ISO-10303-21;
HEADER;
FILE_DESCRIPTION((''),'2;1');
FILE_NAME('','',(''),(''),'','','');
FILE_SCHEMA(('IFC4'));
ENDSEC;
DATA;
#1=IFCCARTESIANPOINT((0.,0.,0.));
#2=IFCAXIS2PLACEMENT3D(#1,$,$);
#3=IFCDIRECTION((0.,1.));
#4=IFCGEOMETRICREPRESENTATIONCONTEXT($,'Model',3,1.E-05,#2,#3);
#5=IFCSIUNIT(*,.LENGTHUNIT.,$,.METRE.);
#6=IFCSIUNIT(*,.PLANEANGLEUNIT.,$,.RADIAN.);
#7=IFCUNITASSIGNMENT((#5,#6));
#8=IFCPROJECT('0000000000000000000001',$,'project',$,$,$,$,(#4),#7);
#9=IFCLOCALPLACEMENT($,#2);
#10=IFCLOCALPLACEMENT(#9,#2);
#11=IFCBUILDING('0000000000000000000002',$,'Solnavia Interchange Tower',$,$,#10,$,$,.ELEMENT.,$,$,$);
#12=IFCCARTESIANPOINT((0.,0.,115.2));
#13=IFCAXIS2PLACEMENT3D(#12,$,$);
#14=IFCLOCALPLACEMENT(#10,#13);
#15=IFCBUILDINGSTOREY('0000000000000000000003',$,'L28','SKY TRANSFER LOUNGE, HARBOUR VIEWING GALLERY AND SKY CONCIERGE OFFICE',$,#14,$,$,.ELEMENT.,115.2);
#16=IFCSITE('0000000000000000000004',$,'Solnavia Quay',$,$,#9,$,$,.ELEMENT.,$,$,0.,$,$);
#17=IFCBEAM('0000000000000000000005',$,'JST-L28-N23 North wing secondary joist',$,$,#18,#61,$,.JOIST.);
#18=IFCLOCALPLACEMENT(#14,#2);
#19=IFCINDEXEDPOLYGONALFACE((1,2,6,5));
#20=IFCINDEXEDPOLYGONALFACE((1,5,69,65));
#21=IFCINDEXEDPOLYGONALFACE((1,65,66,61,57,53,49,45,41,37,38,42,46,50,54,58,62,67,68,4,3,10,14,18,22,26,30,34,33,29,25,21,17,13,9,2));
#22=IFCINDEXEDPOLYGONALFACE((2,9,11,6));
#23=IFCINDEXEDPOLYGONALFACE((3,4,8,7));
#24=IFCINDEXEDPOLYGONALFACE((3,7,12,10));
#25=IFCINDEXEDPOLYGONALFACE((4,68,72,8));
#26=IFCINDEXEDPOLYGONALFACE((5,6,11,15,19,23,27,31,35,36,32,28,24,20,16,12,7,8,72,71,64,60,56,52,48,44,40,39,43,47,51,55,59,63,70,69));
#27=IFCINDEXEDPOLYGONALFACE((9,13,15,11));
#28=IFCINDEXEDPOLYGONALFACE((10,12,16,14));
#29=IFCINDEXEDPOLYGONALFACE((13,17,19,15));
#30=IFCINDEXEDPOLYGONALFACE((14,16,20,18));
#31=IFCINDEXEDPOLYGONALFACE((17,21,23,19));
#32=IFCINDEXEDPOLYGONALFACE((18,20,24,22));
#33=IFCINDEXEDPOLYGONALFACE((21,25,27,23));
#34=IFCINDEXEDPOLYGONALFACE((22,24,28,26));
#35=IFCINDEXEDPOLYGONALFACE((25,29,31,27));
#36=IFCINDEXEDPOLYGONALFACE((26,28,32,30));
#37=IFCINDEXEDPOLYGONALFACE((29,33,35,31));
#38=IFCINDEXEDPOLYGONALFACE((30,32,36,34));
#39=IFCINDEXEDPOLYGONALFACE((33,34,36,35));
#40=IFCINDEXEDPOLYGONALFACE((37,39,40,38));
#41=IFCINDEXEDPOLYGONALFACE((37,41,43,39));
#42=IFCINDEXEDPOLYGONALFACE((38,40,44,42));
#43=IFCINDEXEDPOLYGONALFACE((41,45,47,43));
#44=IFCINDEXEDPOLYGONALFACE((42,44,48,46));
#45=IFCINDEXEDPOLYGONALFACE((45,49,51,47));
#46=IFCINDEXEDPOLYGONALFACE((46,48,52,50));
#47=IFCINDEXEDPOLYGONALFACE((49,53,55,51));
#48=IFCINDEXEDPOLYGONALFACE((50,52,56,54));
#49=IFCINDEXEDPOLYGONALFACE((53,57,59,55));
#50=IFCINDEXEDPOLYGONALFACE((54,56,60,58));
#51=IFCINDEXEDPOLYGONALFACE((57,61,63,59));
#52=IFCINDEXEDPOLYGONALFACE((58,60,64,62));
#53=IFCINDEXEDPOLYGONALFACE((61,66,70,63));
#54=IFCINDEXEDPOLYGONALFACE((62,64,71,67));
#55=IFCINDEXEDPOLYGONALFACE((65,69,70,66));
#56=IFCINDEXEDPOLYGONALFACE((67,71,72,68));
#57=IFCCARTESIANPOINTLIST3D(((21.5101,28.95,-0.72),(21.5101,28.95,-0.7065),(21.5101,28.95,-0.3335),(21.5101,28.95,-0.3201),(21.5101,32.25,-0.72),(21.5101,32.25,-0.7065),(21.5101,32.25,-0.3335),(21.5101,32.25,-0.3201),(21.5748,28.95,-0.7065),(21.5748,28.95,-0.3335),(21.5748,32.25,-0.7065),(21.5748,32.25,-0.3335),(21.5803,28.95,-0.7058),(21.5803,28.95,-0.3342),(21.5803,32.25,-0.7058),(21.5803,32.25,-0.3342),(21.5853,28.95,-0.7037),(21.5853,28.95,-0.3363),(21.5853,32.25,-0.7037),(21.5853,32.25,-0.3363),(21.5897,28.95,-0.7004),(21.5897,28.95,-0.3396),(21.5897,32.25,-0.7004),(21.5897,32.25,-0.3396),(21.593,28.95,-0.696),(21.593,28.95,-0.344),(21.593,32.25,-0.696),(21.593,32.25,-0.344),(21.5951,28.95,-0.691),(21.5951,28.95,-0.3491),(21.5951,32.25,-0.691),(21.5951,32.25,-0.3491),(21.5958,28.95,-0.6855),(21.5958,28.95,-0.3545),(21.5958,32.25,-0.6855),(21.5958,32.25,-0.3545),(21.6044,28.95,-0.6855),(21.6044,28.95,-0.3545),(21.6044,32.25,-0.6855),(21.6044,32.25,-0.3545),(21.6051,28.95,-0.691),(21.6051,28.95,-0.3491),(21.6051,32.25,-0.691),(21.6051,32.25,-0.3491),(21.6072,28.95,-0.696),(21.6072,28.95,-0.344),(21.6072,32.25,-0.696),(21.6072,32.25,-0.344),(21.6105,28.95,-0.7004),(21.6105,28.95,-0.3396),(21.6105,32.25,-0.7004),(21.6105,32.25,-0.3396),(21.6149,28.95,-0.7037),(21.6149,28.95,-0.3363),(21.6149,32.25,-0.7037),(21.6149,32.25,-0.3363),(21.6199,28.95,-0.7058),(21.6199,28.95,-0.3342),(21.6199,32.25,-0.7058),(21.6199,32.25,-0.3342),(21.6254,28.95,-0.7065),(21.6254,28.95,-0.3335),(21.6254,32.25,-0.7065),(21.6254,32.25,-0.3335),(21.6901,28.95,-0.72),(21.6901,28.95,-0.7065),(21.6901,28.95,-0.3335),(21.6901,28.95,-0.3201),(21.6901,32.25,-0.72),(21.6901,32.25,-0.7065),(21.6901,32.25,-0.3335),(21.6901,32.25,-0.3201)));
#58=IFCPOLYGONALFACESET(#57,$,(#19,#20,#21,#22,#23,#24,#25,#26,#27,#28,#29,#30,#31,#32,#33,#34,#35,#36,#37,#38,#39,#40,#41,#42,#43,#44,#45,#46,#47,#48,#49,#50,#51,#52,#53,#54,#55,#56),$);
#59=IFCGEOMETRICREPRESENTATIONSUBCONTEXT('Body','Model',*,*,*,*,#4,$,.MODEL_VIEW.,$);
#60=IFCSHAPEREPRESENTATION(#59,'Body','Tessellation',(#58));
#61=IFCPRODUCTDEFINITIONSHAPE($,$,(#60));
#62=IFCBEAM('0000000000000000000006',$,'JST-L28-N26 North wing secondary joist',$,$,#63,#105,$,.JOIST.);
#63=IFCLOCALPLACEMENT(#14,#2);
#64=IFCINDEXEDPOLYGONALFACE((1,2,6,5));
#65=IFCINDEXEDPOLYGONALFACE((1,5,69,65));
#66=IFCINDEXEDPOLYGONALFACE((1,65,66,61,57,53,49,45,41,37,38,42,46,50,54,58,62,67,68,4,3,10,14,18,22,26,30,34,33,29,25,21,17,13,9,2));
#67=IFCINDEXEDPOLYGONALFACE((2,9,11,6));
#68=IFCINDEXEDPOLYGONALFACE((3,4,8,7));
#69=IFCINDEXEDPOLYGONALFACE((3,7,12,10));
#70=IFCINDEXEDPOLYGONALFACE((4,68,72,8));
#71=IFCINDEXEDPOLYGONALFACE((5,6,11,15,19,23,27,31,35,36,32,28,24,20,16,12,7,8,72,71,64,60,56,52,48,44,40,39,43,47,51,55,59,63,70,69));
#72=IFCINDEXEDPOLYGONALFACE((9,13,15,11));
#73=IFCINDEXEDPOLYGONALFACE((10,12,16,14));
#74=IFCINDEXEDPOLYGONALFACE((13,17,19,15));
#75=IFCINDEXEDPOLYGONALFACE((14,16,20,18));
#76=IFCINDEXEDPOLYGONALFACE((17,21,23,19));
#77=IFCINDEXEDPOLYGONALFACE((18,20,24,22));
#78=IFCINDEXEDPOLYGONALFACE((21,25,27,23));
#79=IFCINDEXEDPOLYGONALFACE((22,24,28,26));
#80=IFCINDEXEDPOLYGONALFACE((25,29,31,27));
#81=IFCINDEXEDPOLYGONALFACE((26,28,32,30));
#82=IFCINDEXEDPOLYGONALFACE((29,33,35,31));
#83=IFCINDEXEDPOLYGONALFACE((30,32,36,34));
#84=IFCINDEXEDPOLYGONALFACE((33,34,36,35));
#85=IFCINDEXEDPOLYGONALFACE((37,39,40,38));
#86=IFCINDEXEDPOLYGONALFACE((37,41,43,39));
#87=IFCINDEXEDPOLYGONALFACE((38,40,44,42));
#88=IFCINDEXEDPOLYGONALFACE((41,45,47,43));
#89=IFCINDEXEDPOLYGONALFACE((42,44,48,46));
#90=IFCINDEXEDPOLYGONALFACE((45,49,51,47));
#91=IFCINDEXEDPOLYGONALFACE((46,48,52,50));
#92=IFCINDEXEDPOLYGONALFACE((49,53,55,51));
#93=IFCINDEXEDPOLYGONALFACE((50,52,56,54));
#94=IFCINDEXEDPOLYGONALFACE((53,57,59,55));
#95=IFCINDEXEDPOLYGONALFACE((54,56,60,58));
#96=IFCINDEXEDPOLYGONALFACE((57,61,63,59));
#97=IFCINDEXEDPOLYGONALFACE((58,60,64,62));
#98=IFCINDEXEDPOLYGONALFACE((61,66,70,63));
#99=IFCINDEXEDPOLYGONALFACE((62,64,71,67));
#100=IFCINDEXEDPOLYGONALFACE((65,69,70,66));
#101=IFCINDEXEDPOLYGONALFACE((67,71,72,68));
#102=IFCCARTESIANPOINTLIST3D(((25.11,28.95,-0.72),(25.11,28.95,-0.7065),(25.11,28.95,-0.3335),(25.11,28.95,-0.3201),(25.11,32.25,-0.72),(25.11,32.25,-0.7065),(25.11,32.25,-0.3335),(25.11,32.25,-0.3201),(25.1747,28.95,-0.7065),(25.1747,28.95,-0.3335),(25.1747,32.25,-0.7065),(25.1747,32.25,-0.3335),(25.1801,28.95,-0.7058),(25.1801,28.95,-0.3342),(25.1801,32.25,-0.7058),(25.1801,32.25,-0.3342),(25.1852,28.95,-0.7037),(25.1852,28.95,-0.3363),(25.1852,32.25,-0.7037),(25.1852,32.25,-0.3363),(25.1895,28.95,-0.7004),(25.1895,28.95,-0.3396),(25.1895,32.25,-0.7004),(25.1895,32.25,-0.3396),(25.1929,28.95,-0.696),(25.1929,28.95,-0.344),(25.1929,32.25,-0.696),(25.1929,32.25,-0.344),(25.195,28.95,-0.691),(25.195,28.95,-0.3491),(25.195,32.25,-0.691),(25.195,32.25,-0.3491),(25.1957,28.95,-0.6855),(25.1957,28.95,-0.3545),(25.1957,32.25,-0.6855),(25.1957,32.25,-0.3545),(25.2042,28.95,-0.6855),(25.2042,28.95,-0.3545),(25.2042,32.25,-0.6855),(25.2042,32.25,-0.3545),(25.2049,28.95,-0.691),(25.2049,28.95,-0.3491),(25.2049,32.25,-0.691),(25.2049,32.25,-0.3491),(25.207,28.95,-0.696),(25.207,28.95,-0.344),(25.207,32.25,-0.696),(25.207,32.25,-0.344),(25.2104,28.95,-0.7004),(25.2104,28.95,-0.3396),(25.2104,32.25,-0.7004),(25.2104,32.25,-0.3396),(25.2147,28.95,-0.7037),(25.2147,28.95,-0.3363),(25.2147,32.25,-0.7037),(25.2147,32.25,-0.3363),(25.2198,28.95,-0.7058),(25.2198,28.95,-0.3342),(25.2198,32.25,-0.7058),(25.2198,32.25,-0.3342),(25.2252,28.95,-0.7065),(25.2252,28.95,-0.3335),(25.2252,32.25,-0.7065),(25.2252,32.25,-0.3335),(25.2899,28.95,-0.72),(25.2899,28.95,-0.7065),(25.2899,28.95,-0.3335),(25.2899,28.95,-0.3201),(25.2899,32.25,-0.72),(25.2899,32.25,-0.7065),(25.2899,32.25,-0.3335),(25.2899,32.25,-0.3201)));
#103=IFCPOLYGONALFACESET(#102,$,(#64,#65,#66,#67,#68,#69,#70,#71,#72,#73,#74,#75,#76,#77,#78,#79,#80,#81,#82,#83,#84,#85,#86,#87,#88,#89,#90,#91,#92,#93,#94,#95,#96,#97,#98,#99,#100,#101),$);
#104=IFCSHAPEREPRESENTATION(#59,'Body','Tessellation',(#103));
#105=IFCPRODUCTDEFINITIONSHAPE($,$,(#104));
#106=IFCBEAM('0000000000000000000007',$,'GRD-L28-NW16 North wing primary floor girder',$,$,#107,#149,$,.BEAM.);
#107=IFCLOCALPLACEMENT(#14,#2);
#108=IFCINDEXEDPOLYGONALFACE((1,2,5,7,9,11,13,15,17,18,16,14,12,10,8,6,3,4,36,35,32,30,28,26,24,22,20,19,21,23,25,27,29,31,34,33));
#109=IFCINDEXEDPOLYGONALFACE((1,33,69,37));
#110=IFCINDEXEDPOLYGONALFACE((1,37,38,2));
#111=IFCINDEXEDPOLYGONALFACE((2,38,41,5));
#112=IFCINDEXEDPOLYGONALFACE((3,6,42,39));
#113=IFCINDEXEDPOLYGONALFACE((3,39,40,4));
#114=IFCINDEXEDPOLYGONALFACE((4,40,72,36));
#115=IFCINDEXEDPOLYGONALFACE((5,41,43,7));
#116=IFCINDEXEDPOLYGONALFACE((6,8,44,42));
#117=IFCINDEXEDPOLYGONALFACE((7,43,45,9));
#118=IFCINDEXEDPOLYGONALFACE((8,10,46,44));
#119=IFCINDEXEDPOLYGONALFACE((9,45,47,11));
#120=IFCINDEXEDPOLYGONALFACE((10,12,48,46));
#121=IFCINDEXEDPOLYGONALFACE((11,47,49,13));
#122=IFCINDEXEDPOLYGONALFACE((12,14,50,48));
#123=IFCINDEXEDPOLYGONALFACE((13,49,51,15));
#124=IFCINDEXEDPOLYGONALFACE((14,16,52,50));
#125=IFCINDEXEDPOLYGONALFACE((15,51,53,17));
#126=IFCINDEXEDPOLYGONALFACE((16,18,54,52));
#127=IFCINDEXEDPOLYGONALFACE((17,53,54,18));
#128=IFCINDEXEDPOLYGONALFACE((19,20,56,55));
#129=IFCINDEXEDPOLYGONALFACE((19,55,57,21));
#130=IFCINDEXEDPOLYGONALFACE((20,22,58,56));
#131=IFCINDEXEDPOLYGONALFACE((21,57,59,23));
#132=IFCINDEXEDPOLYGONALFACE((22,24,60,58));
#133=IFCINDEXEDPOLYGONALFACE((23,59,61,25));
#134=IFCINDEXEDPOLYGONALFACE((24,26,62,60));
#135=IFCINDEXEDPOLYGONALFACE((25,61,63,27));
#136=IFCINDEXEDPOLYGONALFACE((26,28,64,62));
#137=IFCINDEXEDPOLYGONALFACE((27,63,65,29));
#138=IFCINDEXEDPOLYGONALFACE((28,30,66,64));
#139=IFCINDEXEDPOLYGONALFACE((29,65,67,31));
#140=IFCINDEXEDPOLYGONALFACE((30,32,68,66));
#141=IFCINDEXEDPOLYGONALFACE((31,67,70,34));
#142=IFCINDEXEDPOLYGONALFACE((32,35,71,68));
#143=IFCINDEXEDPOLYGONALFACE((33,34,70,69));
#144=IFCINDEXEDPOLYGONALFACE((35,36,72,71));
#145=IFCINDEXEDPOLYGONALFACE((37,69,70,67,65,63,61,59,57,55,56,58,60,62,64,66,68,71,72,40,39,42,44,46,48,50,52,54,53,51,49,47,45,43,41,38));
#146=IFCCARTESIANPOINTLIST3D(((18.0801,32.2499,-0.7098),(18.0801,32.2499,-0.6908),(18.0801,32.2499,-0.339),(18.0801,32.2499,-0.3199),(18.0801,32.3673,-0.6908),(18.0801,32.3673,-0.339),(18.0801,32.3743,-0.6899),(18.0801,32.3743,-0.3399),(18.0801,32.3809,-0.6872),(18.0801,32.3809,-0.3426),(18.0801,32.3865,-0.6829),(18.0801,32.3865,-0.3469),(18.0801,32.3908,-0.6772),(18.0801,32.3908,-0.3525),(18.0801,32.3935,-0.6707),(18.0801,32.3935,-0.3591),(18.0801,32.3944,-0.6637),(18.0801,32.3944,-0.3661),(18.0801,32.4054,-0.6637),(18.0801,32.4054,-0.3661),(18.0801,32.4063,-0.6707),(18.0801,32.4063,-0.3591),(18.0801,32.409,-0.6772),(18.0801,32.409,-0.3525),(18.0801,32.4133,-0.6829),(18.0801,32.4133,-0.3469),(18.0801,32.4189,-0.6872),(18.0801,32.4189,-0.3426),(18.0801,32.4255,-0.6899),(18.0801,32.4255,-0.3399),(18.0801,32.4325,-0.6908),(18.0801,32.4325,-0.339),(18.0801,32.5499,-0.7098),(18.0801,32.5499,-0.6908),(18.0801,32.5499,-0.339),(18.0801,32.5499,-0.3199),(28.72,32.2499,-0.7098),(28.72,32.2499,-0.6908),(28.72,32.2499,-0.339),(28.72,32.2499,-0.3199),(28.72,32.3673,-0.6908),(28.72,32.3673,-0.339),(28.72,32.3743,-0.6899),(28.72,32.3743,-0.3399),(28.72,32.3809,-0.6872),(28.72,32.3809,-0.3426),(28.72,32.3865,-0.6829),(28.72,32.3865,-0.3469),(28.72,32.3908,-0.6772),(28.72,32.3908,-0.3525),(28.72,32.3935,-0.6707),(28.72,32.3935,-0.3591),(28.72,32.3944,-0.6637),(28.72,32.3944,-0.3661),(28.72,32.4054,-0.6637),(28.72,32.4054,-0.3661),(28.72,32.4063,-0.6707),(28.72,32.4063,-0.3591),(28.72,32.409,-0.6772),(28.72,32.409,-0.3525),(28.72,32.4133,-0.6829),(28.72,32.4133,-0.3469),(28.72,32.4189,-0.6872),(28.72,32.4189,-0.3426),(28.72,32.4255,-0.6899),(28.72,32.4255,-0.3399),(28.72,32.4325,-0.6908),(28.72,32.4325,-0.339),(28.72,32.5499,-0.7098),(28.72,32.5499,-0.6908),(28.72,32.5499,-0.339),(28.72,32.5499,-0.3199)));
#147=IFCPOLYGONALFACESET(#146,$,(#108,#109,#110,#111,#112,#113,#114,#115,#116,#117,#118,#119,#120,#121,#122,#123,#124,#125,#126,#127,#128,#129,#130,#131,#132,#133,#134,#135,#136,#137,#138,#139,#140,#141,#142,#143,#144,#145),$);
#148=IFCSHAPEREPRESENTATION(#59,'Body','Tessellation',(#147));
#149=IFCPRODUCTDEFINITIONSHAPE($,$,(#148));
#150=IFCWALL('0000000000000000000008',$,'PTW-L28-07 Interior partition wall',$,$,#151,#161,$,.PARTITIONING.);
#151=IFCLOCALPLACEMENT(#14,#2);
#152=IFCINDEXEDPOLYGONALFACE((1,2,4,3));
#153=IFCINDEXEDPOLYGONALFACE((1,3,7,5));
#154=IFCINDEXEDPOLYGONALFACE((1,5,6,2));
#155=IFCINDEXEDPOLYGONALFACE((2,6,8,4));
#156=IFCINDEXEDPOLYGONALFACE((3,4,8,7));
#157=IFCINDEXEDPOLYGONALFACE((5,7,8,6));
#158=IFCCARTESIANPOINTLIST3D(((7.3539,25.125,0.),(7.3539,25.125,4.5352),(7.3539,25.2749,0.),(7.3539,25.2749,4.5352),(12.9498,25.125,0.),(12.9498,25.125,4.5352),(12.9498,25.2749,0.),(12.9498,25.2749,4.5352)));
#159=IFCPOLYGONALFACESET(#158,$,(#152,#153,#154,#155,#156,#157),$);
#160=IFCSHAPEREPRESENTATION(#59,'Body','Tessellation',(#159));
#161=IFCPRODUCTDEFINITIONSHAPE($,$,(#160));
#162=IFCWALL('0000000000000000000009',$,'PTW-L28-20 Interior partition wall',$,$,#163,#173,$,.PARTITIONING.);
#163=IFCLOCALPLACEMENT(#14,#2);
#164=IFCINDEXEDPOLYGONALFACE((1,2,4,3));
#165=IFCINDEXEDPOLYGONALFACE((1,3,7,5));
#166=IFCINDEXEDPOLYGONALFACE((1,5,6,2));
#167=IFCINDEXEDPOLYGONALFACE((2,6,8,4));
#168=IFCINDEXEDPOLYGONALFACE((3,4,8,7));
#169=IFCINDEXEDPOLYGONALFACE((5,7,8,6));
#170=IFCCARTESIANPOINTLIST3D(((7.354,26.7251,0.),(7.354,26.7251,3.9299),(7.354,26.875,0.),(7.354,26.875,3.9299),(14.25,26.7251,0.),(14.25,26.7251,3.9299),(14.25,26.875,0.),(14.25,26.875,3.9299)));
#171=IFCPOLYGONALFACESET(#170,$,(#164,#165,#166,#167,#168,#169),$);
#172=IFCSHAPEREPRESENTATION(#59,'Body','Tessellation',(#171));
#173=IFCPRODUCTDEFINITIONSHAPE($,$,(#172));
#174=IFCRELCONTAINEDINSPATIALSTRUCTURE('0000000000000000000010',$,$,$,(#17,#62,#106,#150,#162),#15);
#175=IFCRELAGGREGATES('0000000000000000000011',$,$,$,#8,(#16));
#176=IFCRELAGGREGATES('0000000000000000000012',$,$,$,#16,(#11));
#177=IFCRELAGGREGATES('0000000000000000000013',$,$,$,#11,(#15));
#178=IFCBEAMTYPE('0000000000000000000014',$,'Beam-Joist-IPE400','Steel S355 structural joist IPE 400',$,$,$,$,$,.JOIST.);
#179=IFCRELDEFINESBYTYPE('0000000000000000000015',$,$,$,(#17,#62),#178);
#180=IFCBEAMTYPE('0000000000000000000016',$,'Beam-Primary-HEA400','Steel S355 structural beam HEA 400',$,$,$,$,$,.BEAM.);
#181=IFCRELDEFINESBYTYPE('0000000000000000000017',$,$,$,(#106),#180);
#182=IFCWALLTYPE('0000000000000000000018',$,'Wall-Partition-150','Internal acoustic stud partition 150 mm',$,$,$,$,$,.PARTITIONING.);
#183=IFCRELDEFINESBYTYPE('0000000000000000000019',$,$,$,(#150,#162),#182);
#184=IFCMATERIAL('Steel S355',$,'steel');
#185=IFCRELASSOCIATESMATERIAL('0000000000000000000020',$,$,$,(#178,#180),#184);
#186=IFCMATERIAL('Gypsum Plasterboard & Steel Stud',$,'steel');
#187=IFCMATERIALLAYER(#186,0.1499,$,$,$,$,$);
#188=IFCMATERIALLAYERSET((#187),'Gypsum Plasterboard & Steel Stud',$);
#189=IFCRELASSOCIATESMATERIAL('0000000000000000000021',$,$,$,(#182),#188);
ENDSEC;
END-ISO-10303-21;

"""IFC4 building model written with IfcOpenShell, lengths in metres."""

from ifc_helpers import new_model, si_unit, direction, frame, frame_2d, origin, origin_2d, place, context, subcontext, project, spatial, rectangle, i_section, extrude, material, layer, layer_set, material_profile, profile_set, type_object, element, save


model = new_model("IFC4")

# Units and contexts
model_context = context("Model", 3, precision=1e-05, world=origin(), true_north=direction((0.0, 1.0)))
body_context = subcontext(model_context, "Body", "Model", "MODEL_VIEW")
ifc_project = project(units=[si_unit("LENGTHUNIT", "METRE"), si_unit("PLANEANGLEUNIT", "RADIAN")], contexts=[model_context])

# Site, building, storey
site_placement = place(None, origin())
site = spatial("IfcSite", under=ifc_project, at=site_placement, Name="Solnavia Quay", CompositionType="ELEMENT", RefElevation=0.0)
building_placement = place(site_placement, origin())
building = spatial("IfcBuilding", under=site, at=building_placement, Name="Solnavia Interchange Tower", CompositionType="ELEMENT")
storey_placement = place(building_placement, frame((0.0, 0.0, 115.2)))
storey = spatial("IfcBuildingStorey", under=building, at=storey_placement, Name="L28", Description="SKY TRANSFER LOUNGE, HARBOUR VIEWING GALLERY AND SKY CONCIERGE OFFICE", CompositionType="ELEMENT", Elevation=115.2)

# Shared definitions
ifc_material_1 = material(Name="Steel S355", Category="steel")

# Beams
ifc_material_profile_1 = material_profile(ifc_material_1, i_section(OverallWidth=0.1799, OverallDepth=0.3999, WebThickness=0.0085, FlangeThickness=0.0134, FilletRadius=0.021, at=origin_2d()), Name="IPE 400")
ifc_profile_set_1 = profile_set([ifc_material_profile_1], Name="Steel S355")
beam_type_1 = type_object("IfcBeamType", Name="Beam-Joist-IPE400", Description="Steel S355 structural joist IPE 400", PredefinedType="JOIST", material=ifc_profile_set_1)
for number, where, z_axis, x_axis, name in (
    (1, (21.6001, 28.95, -0.52), (0.0, 1.0, 0.0), (-1.0, 0.0, 0.0), "JST-L28-N23 North wing secondary joist"),
    (2, (25.2, 28.95, -0.52), (0.0, 1.0, 0.0), (-1.0, 0.0, 0.0), "JST-L28-N26 North wing secondary joist"),
):
    element("IfcBeam", number, at=place(storey_placement, frame(where, z_axis=z_axis, x_axis=x_axis)), inside=storey, type_object=beam_type_1, Name=name, PredefinedType="JOIST", context=body_context, shape_type="SweptSolid", body=[
        extrude(i_section(OverallWidth=0.1799, OverallDepth=0.3999, WebThickness=0.0085, FlangeThickness=0.0134, FilletRadius=0.021, at=origin_2d()), origin(), (0.0, 0.0, 1.0), 3.3),
    ])
ifc_material_profile_2 = material_profile(ifc_material_1, i_section(OverallWidth=0.3, OverallDepth=0.3899, WebThickness=0.011, FlangeThickness=0.019, FilletRadius=0.0271, at=origin_2d()), Name="HEA 400")
ifc_profile_set_2 = profile_set([ifc_material_profile_2], Name="Steel S355")
beam_type_2 = type_object("IfcBeamType", Name="Beam-Primary-HEA400", Description="Steel S355 structural beam HEA 400", PredefinedType="BEAM", material=ifc_profile_set_2)
beam_placement = place(storey_placement, frame((18.0801, 32.3999, -0.5149), z_axis=(1.0, 0.0, 0.0), x_axis=(0.0, 1.0, 0.0)))
element("IfcBeam", 3, at=beam_placement, inside=storey, type_object=beam_type_2, Name="GRD-L28-NW16 North wing primary floor girder", PredefinedType="BEAM", context=body_context, shape_type="SweptSolid", body=[
    extrude(i_section(OverallWidth=0.3, OverallDepth=0.3899, WebThickness=0.011, FlangeThickness=0.019, FilletRadius=0.0271, at=origin_2d()), origin(), (0.0, 0.0, 1.0), 10.6399),
])

# Walls
ifc_material_2 = material(Name="Gypsum Plasterboard & Steel Stud", Category="steel")
ifc_layer_1 = layer(ifc_material_2, 0.1499)
ifc_layer_set_1 = layer_set([ifc_layer_1], Name="Gypsum Plasterboard & Steel Stud")
wall_type_1 = type_object("IfcWallType", Name="Wall-Partition-150", Description="Internal acoustic stud partition 150 mm", PredefinedType="PARTITIONING", material=ifc_layer_set_1)
wall_1_placement = place(storey_placement, frame((7.354, 25.2, 0.0), z_axis=(0.0, 0.0, 1.0), x_axis=(1.0, 0.0, 0.0)))
element("IfcWall", 4, at=wall_1_placement, inside=storey, type_object=wall_type_1, Name="PTW-L28-07 Interior partition wall", PredefinedType="PARTITIONING", context=body_context, shape_type="SweptSolid", body=[
    extrude(rectangle(XDim=5.5959, YDim=0.1499, at=frame_2d((2.7979, 0.0))), origin(), (0.0, 0.0, 1.0), 4.5352),
])
wall_2_placement = place(storey_placement, frame((7.354, 26.8, 0.0), z_axis=(0.0, 0.0, 1.0), x_axis=(1.0, 0.0, 0.0)))
element("IfcWall", 5, at=wall_2_placement, inside=storey, type_object=wall_type_1, Name="PTW-L28-20 Interior partition wall", PredefinedType="PARTITIONING", context=body_context, shape_type="SweptSolid", body=[
    extrude(rectangle(XDim=6.896, YDim=0.1499, at=frame_2d((3.448, 0.0))), origin(), (0.0, 0.0, 1.0), 3.9299),
])

save(model, "model.ifc")
